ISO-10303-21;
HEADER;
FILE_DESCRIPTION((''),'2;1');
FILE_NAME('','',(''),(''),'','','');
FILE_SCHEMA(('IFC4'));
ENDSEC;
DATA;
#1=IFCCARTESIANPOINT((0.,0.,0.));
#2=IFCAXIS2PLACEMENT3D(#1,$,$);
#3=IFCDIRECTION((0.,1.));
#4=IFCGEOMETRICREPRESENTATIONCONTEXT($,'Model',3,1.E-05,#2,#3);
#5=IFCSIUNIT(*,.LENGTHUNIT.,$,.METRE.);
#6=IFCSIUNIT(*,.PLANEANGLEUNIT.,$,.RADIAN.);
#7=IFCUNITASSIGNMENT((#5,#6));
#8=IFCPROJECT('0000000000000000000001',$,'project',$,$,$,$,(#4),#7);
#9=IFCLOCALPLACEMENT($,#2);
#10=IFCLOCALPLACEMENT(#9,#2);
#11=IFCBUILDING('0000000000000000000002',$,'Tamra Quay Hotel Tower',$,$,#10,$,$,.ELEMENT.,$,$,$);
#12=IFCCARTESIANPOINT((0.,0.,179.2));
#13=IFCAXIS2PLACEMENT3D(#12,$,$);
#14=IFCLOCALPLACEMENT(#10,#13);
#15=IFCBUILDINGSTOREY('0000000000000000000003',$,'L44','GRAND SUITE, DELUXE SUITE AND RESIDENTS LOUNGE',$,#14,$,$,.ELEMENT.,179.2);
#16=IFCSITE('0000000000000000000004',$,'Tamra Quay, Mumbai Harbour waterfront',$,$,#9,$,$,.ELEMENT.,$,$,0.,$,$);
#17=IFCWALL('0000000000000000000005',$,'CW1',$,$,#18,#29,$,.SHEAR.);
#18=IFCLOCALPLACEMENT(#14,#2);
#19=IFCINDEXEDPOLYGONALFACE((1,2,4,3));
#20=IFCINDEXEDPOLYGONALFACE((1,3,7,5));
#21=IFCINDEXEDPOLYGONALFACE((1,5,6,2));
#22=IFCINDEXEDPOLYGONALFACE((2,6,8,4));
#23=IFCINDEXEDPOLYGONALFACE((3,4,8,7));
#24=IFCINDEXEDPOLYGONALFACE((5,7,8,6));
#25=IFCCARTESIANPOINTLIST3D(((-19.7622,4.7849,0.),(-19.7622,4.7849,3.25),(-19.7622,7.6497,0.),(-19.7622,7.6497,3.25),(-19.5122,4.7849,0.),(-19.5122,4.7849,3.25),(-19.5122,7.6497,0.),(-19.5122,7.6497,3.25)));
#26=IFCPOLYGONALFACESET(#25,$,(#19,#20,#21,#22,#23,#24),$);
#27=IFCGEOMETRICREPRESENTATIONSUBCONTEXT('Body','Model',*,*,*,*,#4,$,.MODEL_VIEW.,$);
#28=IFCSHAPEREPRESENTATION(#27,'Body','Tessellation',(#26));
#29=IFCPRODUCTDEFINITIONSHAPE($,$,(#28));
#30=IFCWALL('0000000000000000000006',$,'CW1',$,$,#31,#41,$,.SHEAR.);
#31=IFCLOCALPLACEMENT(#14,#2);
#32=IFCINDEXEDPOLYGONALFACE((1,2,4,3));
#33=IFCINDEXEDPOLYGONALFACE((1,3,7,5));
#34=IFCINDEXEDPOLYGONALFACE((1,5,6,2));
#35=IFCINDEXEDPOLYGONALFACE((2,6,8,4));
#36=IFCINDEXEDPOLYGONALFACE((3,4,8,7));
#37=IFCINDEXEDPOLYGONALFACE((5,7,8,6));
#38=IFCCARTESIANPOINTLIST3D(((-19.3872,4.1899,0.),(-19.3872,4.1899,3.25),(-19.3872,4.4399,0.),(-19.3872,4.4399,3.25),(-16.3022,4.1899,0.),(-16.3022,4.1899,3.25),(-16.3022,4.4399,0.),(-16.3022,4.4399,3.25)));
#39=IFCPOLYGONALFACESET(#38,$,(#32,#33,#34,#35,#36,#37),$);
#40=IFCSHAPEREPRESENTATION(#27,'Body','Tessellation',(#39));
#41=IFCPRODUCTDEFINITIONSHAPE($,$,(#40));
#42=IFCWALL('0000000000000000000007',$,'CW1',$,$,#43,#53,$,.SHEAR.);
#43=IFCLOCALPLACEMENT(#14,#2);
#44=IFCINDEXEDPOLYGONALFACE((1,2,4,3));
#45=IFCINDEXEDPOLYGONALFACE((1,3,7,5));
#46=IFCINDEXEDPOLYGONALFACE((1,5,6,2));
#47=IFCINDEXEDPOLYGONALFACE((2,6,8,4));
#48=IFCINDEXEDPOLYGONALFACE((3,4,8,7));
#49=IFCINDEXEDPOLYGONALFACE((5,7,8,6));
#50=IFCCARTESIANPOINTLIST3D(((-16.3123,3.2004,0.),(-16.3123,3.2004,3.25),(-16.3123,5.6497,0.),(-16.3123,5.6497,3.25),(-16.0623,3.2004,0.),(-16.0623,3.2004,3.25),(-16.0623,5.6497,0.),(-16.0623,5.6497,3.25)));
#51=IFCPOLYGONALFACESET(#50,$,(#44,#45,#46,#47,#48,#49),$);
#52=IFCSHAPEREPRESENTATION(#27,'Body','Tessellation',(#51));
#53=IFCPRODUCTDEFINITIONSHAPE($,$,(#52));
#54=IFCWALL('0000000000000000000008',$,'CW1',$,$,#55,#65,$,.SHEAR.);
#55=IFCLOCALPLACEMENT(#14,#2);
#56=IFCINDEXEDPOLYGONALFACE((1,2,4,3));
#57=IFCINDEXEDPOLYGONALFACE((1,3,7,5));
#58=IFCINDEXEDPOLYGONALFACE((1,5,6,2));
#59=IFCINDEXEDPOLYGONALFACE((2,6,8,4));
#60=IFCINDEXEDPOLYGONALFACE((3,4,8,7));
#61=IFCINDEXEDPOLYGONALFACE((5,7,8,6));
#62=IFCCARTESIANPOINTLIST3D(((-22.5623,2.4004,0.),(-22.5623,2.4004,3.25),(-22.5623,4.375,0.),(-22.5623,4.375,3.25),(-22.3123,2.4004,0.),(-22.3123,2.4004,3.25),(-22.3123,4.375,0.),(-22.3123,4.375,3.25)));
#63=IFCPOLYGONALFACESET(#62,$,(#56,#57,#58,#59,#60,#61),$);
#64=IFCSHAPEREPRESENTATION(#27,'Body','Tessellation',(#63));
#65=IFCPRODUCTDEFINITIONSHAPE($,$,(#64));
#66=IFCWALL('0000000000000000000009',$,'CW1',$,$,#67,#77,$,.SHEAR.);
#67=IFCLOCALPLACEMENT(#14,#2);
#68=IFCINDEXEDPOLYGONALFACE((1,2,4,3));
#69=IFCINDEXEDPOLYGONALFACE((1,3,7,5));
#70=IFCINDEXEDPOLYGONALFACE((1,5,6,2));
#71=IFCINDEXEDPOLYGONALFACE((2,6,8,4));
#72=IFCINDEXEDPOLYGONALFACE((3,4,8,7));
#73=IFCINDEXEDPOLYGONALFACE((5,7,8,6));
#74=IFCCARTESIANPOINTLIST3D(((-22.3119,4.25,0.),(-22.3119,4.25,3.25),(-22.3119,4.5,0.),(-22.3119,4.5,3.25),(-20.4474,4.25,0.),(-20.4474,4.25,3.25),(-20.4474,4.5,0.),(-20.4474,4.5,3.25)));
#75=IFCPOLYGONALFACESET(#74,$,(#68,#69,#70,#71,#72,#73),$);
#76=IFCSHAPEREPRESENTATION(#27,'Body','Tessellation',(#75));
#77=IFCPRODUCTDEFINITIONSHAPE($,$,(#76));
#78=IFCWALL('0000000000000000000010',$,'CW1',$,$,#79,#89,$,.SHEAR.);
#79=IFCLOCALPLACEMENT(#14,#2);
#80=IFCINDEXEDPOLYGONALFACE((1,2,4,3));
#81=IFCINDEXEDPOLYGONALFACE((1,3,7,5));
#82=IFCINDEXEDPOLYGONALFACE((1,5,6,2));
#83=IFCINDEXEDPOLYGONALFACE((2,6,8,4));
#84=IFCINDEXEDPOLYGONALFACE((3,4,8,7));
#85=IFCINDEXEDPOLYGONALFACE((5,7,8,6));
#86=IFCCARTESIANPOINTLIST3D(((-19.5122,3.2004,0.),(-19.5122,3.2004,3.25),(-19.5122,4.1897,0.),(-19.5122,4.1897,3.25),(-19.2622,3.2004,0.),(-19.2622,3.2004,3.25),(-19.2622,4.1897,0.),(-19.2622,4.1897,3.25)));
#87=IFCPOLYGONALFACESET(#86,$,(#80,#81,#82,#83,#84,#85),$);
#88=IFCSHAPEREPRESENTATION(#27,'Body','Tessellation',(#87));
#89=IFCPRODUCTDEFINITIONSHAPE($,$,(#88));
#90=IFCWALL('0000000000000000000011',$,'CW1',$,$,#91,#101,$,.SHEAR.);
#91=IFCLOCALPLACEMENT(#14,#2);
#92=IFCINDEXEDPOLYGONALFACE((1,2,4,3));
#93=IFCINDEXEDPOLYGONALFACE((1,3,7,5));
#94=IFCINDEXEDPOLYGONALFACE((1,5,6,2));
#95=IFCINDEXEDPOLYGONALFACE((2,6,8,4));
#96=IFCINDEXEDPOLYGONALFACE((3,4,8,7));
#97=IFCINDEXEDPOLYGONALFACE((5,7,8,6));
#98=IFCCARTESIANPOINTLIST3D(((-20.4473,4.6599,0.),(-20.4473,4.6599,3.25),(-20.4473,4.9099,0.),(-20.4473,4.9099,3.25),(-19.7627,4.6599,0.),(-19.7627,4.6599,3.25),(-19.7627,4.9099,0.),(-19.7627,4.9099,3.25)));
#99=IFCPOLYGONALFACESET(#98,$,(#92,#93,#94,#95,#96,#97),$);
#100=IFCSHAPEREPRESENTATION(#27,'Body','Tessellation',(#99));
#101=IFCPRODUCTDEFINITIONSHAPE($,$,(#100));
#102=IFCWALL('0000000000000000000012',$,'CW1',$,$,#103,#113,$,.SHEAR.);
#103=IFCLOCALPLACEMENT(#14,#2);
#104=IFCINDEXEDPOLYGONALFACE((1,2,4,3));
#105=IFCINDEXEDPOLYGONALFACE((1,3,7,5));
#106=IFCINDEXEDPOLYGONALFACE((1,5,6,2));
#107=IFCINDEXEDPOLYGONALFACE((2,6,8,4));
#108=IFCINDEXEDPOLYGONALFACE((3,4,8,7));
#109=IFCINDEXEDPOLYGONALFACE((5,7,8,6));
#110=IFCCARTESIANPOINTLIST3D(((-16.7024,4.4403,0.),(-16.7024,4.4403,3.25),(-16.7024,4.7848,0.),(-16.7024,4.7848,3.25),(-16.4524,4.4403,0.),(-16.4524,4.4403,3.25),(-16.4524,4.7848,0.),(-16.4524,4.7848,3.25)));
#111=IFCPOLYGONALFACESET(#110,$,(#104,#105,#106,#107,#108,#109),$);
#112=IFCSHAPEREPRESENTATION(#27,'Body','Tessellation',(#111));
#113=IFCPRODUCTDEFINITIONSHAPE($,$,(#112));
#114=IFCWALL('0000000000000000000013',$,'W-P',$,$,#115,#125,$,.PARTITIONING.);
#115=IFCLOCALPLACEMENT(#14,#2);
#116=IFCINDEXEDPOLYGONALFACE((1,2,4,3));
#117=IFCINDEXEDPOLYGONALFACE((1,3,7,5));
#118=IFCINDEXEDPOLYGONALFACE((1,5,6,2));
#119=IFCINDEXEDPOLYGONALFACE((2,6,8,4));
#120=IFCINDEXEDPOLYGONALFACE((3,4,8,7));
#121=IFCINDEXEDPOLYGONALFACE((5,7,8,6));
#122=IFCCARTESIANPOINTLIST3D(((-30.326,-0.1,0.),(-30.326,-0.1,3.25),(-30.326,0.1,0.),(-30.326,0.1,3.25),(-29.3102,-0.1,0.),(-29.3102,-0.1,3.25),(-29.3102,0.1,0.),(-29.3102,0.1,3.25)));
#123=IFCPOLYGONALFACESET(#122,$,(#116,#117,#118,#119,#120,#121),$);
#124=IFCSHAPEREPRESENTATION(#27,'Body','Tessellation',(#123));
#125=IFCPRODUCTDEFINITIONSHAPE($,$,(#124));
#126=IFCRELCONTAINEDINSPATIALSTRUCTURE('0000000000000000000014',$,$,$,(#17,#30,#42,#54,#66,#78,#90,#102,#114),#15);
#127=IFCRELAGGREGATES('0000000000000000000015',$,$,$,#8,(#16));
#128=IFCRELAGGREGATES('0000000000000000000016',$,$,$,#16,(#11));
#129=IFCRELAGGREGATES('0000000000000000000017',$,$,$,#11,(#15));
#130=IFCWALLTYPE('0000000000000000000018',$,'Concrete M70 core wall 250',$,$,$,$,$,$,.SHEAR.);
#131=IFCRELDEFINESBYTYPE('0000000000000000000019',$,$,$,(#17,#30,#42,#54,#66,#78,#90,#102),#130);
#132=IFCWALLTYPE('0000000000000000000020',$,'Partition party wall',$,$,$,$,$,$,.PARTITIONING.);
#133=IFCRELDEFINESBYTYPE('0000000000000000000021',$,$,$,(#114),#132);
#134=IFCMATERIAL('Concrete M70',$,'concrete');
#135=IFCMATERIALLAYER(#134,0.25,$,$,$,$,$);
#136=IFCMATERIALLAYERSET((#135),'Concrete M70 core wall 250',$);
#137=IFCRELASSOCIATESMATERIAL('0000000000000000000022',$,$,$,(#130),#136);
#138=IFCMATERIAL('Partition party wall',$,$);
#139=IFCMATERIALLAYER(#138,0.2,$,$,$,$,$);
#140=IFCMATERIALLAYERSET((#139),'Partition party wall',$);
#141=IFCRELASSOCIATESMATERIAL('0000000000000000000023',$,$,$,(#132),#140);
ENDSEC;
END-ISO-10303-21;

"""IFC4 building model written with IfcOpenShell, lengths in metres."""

from ifc_helpers import new_model, si_unit, direction, frame, frame_2d, origin, place, context, subcontext, project, spatial, rectangle, extrude, material, layer, layer_set, type_object, element, save


model = new_model("IFC4")

# Units and contexts
model_context = context("Model", 3, precision=1e-05, world=origin(), true_north=direction((0.0, 1.0)))
body_context = subcontext(model_context, "Body", "Model", "MODEL_VIEW")
ifc_project = project(units=[si_unit("LENGTHUNIT", "METRE"), si_unit("PLANEANGLEUNIT", "RADIAN")], contexts=[model_context])

# Site, building, storey
site_placement = place(None, origin())
site = spatial("IfcSite", under=ifc_project, at=site_placement, Name="Tamra Quay, Mumbai Harbour waterfront", CompositionType="ELEMENT", RefElevation=0.0)
building_placement = place(site_placement, origin())
building = spatial("IfcBuilding", under=site, at=building_placement, Name="Tamra Quay Hotel Tower", CompositionType="ELEMENT")
storey_placement = place(building_placement, frame((0.0, 0.0, 179.2)))
storey = spatial("IfcBuildingStorey", under=building, at=storey_placement, Name="L44", Description="GRAND SUITE, DELUXE SUITE AND RESIDENTS LOUNGE", CompositionType="ELEMENT", Elevation=179.2)

# Shared definitions
ifc_material_1 = material(Name="Concrete M70", Category="concrete")

# Walls
ifc_layer_1 = layer(ifc_material_1, 0.25)
ifc_layer_set_1 = layer_set([ifc_layer_1], Name="Concrete M70 core wall 250")
wall_type_1 = type_object("IfcWallType", Name="Concrete M70 core wall 250", PredefinedType="SHEAR", material=ifc_layer_set_1)
for number, where, z_axis, x_axis, name in (
    (1, (-19.6372, 4.7849, 0.0), (0.0, 0.0, 1.0), (0.0, 1.0, 0.0), "CW1"),
):
    element("IfcWall", number, at=place(storey_placement, frame(where, z_axis=z_axis, x_axis=x_axis)), inside=storey, type_object=wall_type_1, Name=name, PredefinedType="SHEAR", context=body_context, shape_type="SweptSolid", body=[
        extrude(rectangle(XDim=2.8647, YDim=0.25, at=frame_2d((1.4324, 0.0))), origin(), (0.0, 0.0, 1.0), 3.25),
    ])
wall_1_placement = place(storey_placement, frame((-16.3022, 4.3149, 0.0), z_axis=(0.0, 0.0, 1.0), x_axis=(-1.0, 0.0, 0.0)))
element("IfcWall", 2, at=wall_1_placement, inside=storey, type_object=wall_type_1, Name="CW1", PredefinedType="SHEAR", context=body_context, shape_type="SweptSolid", body=[
    extrude(rectangle(XDim=3.085, YDim=0.25, at=frame_2d((1.5425, 0.0))), origin(), (0.0, 0.0, 1.0), 3.25),
])
wall_2_placement = place(storey_placement, frame((-16.1873, 3.2004, 0.0), z_axis=(0.0, 0.0, 1.0), x_axis=(0.0, 1.0, 0.0)))
element("IfcWall", 3, at=wall_2_placement, inside=storey, type_object=wall_type_1, Name="CW1", PredefinedType="SHEAR", context=body_context, shape_type="SweptSolid", body=[
    extrude(rectangle(XDim=2.4492, YDim=0.25, at=frame_2d((1.2246, 0.0))), origin(), (0.0, 0.0, 1.0), 3.25),
])
wall_3_placement = place(storey_placement, frame((-22.4373, 2.4004, 0.0), z_axis=(0.0, 0.0, 1.0), x_axis=(0.0, 1.0, 0.0)))
element("IfcWall", 4, at=wall_3_placement, inside=storey, type_object=wall_type_1, Name="CW1", PredefinedType="SHEAR", context=body_context, shape_type="SweptSolid", body=[
    extrude(rectangle(XDim=1.9746, YDim=0.25, at=frame_2d((0.9873, 0.0))), origin(), (0.0, 0.0, 1.0), 3.25),
])
wall_4_placement = place(storey_placement, frame((-22.3118, 4.375, 0.0), z_axis=(0.0, 0.0, 1.0), x_axis=(1.0, 0.0, 0.0)))
element("IfcWall", 5, at=wall_4_placement, inside=storey, type_object=wall_type_1, Name="CW1", PredefinedType="SHEAR", context=body_context, shape_type="SweptSolid", body=[
    extrude(rectangle(XDim=1.8645, YDim=0.25, at=frame_2d((0.9321, 0.0))), origin(), (0.0, 0.0, 1.0), 3.25),
])
wall_5_placement = place(storey_placement, frame((-19.3872, 4.1897, 0.0), z_axis=(0.0, 0.0, 1.0), x_axis=(0.0, -1.0, 0.0)))
element("IfcWall", 6, at=wall_5_placement, inside=storey, type_object=wall_type_1, Name="CW1", PredefinedType="SHEAR", context=body_context, shape_type="SweptSolid", body=[
    extrude(rectangle(XDim=0.9893, YDim=0.25, at=frame_2d((0.4946, 0.0))), origin(), (0.0, 0.0, 1.0), 3.25),
])
wall_6_placement = place(storey_placement, frame((-20.4473, 4.7849, 0.0), z_axis=(0.0, 0.0, 1.0), x_axis=(1.0, 0.0, 0.0)))
element("IfcWall", 7, at=wall_6_placement, inside=storey, type_object=wall_type_1, Name="CW1", PredefinedType="SHEAR", context=body_context, shape_type="SweptSolid", body=[
    extrude(rectangle(XDim=0.6846, YDim=0.25, at=frame_2d((0.3423, 0.0))), origin(), (0.0, 0.0, 1.0), 3.25),
])
wall_7_placement = place(storey_placement, frame((-16.5774, 4.7849, 0.0), z_axis=(0.0, 0.0, 1.0), x_axis=(0.0, -1.0, 0.0)))
element("IfcWall", 8, at=wall_7_placement, inside=storey, type_object=wall_type_1, Name="CW1", PredefinedType="SHEAR", context=body_context, shape_type="SweptSolid", body=[
    extrude(rectangle(XDim=0.3445, YDim=0.25, at=frame_2d((0.1724, 0.0))), origin(), (0.0, 0.0, 1.0), 3.25),
])
ifc_material_2 = material(Name="Partition party wall")
ifc_layer_2 = layer(ifc_material_2, 0.2)
ifc_layer_set_2 = layer_set([ifc_layer_2], Name="Partition party wall")
wall_type_2 = type_object("IfcWallType", Name="Partition party wall", PredefinedType="PARTITIONING", material=ifc_layer_set_2)
wall_8_placement = place(storey_placement, frame((-30.3259, 0.0, 0.0), z_axis=(0.0, 0.0, 1.0), x_axis=(1.0, 0.0, 0.0)))
element("IfcWall", 9, at=wall_8_placement, inside=storey, type_object=wall_type_2, Name="W-P", PredefinedType="PARTITIONING", context=body_context, shape_type="SweptSolid", body=[
    extrude(rectangle(XDim=1.0159, YDim=0.2, at=frame_2d((0.5078, 0.0))), origin(), (0.0, 0.0, 1.0), 3.25),
])

save(model, "model.ifc")
